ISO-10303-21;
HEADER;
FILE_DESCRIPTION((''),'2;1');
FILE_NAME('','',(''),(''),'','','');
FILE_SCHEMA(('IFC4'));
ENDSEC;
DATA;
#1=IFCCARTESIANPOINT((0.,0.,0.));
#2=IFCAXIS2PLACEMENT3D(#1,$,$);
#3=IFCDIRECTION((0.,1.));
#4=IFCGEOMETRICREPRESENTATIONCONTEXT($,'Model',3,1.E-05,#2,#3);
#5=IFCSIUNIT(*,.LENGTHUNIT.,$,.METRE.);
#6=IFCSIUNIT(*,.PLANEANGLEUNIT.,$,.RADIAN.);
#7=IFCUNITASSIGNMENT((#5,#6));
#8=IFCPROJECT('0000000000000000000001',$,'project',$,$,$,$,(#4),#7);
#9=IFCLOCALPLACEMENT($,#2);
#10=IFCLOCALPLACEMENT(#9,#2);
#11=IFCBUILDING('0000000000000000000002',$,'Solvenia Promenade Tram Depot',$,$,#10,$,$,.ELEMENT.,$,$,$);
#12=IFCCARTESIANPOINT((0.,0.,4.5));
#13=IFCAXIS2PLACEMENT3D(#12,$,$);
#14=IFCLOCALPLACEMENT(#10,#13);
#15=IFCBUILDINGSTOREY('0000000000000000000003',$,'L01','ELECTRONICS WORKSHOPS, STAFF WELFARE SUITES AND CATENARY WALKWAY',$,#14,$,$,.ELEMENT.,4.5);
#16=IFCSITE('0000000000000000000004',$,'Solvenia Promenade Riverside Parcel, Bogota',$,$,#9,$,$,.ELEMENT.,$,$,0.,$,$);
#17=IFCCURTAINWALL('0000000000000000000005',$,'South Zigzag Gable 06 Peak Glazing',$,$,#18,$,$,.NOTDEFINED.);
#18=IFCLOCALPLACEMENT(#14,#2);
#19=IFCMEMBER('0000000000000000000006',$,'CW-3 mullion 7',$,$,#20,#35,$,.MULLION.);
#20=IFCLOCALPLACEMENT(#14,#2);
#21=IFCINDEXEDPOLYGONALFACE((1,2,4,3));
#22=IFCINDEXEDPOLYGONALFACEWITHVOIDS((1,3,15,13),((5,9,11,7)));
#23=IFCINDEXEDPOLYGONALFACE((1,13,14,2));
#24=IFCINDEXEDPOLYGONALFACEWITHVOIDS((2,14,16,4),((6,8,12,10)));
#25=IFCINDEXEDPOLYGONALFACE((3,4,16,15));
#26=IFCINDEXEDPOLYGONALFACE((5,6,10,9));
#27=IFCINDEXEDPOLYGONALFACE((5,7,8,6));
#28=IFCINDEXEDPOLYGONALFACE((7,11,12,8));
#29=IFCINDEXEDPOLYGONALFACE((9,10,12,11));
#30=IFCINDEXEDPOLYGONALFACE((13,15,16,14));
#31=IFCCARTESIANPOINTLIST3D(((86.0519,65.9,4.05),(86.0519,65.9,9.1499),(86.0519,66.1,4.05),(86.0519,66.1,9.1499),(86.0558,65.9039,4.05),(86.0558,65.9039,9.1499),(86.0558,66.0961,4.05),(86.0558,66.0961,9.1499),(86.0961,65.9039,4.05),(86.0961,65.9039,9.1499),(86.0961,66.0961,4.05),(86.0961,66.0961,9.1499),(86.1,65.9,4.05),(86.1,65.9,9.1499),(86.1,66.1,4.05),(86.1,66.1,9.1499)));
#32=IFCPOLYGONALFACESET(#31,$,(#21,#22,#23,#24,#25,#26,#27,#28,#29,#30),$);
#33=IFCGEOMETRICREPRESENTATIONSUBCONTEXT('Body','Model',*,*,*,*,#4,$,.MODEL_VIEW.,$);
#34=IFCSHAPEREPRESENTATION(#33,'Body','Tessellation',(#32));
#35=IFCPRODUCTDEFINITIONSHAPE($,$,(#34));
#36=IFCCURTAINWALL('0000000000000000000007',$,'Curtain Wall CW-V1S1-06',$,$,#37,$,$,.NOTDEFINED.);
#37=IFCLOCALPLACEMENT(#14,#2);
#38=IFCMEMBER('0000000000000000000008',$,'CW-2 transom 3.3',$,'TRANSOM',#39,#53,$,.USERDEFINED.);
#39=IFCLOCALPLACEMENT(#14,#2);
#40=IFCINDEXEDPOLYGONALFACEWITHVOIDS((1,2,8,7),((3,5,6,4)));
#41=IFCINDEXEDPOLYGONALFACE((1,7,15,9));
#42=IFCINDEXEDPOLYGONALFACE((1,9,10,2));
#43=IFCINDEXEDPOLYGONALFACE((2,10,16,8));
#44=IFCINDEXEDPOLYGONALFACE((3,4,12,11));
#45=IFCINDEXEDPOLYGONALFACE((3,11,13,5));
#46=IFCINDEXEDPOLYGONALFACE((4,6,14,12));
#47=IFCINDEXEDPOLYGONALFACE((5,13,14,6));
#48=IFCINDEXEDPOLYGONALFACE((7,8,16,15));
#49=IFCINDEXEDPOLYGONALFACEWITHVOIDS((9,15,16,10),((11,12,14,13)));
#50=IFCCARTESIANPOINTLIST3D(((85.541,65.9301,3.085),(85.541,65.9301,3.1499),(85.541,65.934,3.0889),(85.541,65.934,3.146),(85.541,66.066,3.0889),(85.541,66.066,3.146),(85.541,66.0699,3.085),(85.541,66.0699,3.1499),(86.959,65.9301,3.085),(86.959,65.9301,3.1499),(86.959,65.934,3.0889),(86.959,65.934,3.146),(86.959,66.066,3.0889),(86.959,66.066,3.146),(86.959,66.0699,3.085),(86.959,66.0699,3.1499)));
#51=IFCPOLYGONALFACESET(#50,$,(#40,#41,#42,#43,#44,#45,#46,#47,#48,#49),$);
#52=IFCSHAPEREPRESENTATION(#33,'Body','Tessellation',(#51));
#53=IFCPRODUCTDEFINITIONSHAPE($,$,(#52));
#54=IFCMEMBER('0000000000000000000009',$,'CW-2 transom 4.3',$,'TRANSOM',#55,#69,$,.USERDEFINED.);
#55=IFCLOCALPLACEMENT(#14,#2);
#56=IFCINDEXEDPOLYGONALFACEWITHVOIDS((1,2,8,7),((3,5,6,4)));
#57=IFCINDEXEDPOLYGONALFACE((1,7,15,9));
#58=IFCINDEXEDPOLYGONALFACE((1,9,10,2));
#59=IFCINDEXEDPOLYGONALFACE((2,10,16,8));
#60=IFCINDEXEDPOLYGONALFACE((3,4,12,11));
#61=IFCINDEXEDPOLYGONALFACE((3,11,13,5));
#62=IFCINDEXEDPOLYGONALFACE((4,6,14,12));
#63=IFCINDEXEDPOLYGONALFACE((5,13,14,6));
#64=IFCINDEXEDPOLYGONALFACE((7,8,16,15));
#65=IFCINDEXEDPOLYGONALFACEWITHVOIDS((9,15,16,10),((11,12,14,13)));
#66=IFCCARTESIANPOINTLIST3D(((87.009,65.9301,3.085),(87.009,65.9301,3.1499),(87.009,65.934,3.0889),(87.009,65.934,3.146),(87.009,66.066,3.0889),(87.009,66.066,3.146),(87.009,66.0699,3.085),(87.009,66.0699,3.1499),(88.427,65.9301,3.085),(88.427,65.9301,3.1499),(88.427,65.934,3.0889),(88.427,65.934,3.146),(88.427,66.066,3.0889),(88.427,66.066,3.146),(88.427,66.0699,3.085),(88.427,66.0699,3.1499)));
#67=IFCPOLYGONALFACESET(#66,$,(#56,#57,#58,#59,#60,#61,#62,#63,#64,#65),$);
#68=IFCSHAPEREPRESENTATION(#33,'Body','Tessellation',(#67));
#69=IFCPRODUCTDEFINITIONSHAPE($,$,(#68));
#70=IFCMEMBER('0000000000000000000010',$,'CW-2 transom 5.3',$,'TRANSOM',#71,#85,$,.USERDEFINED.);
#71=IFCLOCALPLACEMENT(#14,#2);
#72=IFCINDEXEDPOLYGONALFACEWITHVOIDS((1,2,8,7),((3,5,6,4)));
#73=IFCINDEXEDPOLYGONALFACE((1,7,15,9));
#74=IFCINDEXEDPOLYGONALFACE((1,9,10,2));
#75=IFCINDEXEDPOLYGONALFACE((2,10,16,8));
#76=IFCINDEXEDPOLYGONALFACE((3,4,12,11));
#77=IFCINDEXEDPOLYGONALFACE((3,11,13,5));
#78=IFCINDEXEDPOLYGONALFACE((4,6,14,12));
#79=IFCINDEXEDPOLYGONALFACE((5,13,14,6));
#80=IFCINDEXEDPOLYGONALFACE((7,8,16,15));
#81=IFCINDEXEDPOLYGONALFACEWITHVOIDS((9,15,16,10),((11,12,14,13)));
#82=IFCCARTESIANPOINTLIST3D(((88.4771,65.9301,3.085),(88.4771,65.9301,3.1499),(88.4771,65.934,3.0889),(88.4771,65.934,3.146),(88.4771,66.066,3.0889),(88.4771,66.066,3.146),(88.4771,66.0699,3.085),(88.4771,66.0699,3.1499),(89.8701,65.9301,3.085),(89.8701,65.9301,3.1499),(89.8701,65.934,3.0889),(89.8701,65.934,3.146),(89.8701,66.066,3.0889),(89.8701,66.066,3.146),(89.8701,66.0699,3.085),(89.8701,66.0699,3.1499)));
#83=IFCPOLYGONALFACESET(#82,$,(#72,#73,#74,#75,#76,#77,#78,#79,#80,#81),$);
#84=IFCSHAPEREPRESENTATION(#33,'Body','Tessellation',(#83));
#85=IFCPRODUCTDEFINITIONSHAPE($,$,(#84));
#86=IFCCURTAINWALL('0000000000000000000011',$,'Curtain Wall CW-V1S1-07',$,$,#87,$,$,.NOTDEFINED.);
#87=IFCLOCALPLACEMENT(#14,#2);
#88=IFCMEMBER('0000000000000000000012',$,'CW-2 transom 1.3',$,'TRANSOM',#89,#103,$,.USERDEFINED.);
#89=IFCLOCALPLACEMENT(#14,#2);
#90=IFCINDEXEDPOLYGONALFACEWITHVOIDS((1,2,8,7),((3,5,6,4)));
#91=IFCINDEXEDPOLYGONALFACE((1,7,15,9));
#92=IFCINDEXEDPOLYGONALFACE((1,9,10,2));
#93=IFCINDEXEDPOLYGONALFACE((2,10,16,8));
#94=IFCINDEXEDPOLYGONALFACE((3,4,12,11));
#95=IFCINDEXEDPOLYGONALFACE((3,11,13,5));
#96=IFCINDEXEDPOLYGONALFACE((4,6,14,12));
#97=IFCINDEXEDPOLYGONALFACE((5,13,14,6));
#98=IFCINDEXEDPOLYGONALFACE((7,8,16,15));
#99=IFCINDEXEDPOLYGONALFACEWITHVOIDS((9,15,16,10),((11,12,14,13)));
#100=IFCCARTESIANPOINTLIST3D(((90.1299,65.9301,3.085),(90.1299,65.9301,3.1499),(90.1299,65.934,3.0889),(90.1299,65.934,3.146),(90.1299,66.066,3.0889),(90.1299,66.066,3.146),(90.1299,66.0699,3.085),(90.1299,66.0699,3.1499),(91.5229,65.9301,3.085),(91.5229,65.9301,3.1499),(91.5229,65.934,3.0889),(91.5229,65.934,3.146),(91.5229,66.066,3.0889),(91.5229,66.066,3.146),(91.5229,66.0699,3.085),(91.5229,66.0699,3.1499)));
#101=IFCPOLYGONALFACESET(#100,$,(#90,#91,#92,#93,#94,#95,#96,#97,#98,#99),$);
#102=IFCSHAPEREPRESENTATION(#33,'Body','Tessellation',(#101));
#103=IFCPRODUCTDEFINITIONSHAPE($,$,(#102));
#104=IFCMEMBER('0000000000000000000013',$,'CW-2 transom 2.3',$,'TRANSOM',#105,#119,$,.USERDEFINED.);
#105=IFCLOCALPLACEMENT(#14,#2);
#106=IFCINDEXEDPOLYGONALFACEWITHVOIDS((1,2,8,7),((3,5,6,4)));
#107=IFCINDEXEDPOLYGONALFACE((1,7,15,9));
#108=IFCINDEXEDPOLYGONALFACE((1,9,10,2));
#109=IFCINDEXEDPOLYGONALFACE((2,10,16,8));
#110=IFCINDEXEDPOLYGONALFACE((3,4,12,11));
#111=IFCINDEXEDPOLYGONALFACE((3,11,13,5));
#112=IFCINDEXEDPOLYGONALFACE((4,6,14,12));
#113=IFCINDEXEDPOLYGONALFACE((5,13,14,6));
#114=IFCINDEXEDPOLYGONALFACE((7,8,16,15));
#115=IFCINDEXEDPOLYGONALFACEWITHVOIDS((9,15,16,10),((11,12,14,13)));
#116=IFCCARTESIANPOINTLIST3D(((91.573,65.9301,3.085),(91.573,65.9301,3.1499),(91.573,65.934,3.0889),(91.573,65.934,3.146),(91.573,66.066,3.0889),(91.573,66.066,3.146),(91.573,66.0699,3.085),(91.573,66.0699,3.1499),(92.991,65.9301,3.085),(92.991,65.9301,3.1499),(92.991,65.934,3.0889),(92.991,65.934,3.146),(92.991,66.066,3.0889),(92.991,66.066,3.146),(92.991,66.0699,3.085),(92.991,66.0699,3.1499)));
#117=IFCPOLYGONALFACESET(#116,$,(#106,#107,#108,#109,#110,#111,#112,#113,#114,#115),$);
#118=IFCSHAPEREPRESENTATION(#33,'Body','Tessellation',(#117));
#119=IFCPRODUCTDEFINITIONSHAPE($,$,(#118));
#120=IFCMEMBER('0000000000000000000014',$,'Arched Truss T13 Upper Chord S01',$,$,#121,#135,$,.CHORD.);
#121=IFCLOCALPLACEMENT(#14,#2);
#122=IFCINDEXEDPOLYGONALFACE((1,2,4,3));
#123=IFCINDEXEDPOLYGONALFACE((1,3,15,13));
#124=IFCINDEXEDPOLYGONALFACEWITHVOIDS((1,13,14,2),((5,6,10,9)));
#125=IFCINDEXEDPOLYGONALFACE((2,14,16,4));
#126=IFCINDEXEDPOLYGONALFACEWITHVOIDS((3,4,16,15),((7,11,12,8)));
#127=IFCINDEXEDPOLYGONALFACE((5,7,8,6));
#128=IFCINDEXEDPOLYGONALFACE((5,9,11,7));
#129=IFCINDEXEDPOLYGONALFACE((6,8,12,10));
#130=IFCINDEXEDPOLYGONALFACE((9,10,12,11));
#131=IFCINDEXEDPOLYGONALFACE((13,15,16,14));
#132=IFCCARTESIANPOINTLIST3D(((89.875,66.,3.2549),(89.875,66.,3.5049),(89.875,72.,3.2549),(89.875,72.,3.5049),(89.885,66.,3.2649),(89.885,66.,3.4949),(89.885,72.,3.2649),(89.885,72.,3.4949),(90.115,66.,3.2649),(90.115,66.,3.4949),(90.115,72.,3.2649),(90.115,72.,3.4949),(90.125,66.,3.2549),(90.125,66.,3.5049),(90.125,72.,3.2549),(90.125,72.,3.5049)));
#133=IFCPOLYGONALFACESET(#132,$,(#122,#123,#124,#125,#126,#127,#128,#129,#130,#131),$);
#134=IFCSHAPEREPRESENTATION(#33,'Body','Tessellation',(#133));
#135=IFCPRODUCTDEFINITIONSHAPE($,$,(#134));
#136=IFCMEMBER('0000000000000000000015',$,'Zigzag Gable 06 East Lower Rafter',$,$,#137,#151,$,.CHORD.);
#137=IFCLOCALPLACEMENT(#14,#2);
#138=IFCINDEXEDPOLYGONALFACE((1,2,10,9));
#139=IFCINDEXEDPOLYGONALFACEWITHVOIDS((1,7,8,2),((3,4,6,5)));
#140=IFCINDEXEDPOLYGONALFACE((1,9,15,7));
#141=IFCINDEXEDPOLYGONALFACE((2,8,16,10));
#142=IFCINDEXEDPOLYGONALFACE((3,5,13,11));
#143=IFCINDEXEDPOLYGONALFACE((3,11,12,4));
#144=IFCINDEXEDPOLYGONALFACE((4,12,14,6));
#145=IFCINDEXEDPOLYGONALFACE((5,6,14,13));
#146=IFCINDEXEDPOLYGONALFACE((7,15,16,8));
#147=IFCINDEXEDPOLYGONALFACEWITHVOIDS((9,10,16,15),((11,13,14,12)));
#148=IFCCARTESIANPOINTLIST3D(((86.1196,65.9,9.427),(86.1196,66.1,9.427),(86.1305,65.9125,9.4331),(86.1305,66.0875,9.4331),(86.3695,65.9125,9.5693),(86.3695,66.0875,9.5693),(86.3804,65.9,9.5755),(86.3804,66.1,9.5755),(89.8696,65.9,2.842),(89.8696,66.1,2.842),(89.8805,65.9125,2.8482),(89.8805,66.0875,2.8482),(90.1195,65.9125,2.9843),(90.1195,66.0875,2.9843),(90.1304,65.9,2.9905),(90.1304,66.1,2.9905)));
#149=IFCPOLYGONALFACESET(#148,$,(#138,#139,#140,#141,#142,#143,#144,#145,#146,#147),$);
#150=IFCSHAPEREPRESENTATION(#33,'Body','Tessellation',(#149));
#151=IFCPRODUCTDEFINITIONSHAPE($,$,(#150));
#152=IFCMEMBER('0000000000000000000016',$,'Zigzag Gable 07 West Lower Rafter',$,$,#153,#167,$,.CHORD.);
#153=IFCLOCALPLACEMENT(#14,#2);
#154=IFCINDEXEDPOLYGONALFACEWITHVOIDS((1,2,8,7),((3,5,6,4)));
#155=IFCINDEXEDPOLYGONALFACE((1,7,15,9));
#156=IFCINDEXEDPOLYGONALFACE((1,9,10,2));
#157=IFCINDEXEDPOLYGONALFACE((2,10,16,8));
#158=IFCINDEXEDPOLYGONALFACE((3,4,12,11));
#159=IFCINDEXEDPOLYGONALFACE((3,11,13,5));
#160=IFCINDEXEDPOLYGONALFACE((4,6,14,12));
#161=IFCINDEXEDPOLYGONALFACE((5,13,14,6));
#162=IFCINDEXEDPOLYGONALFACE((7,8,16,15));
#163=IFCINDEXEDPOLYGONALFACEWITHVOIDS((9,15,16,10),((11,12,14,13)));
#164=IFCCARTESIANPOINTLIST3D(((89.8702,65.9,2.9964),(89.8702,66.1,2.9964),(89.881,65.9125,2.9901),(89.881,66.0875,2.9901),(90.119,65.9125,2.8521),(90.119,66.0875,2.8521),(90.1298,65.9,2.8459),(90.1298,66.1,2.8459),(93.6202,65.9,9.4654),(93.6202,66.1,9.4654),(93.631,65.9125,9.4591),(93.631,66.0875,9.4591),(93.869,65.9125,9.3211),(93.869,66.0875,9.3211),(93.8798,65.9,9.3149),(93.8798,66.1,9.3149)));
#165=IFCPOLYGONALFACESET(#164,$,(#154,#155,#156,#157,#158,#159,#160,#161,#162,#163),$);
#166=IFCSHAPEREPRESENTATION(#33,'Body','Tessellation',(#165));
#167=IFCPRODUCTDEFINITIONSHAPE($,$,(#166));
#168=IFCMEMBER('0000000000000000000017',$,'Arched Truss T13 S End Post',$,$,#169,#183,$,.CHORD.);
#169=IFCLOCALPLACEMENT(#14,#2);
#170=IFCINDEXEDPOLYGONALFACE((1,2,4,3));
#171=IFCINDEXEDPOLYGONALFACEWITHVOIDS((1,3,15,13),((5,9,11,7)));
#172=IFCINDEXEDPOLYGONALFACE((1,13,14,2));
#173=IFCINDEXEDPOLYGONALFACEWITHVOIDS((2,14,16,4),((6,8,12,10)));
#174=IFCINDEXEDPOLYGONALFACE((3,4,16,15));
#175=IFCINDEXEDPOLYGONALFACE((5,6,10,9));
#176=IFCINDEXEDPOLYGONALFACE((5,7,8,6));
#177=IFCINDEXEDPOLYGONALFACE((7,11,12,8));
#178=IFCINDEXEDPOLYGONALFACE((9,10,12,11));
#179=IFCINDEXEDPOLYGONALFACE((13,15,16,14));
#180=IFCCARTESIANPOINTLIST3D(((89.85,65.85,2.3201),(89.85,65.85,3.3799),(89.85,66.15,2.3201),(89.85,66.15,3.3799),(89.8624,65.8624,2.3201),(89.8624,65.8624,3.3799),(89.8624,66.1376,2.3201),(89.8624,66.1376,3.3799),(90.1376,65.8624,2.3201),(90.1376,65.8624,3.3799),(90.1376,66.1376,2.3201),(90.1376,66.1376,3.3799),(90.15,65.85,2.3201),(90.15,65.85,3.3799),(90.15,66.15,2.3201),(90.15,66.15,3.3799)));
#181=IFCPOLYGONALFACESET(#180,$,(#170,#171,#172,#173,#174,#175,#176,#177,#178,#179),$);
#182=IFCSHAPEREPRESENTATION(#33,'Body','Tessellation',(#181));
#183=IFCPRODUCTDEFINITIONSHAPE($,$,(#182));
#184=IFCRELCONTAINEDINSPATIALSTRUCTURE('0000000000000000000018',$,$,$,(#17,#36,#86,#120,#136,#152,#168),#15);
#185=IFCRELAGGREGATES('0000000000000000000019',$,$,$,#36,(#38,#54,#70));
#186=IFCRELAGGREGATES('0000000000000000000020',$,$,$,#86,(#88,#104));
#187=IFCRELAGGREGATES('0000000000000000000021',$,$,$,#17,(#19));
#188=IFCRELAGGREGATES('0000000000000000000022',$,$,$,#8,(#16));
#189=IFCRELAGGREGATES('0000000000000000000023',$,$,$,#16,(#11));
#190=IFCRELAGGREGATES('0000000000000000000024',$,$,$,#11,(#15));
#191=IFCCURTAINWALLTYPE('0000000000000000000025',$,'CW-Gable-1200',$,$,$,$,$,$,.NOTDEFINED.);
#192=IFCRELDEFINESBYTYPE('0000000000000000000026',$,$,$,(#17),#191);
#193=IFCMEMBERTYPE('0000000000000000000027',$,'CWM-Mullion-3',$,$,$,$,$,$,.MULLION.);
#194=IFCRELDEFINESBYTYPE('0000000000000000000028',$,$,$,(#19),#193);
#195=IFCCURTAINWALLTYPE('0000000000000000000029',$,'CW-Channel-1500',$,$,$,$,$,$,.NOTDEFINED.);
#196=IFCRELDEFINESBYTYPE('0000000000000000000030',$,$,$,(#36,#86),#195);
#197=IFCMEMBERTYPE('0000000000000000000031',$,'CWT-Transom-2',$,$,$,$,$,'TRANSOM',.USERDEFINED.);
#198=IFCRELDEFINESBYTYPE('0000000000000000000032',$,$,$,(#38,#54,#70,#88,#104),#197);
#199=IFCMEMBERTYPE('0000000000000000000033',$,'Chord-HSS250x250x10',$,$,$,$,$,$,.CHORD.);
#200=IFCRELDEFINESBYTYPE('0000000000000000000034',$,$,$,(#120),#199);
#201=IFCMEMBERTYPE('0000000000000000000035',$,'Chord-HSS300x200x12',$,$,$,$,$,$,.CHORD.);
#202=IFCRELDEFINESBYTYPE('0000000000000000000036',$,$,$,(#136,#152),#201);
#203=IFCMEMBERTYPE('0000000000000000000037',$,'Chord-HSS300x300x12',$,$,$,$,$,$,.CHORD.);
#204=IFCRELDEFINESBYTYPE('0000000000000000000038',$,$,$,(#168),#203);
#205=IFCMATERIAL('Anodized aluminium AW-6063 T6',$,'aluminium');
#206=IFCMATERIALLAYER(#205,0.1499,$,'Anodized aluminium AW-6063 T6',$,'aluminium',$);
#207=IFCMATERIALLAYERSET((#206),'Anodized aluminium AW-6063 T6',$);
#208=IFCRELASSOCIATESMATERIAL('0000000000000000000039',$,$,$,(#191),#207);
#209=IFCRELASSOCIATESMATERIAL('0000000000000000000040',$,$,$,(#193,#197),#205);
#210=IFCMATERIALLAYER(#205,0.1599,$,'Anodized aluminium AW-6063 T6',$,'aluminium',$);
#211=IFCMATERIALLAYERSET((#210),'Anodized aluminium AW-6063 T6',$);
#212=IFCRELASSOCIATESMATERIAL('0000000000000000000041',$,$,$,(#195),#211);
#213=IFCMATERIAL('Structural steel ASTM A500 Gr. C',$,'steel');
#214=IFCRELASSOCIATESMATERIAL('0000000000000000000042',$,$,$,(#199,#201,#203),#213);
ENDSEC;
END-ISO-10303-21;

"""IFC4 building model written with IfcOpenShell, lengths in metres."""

from ifc_helpers import new_model, si_unit, direction, frame, origin, origin_2d, place, context, subcontext, project, spatial, hollow_rectangle, extrude, material, layer, layer_set, material_profile, profile_set, type_object, element, aggregate, save


model = new_model("IFC4")

# Units and contexts
model_context = context("Model", 3, precision=1e-05, world=origin(), true_north=direction((0.0, 1.0)))
body_context = subcontext(model_context, "Body", "Model", "MODEL_VIEW")
ifc_project = project(units=[si_unit("LENGTHUNIT", "METRE"), si_unit("PLANEANGLEUNIT", "RADIAN")], contexts=[model_context])

# Site, building, storey
site_placement = place(None, origin())
site = spatial("IfcSite", under=ifc_project, at=site_placement, Name="Solvenia Promenade Riverside Parcel, Bogota", CompositionType="ELEMENT", RefElevation=0.0)
building_placement = place(site_placement, origin())
building = spatial("IfcBuilding", under=site, at=building_placement, Name="Solvenia Promenade Tram Depot", CompositionType="ELEMENT")
storey_placement = place(building_placement, frame((0.0, 0.0, 4.5)))
storey = spatial("IfcBuildingStorey", under=building, at=storey_placement, Name="L01", Description="ELECTRONICS WORKSHOPS, STAFF WELFARE SUITES AND CATENARY WALKWAY", CompositionType="ELEMENT", Elevation=4.5)

# Curtain wall, member
ifc_material_1 = material(Name="Anodized aluminium AW-6063 T6", Category="aluminium")
ifc_layer_1 = layer(ifc_material_1, 0.1499, Name="Anodized aluminium AW-6063 T6", Category="aluminium")
ifc_layer_set_1 = layer_set([ifc_layer_1], Name="Anodized aluminium AW-6063 T6")
curtain_wall_type_1 = type_object("IfcCurtainWallType", Name="CW-Gable-1200", PredefinedType="NOTDEFINED", material=ifc_layer_set_1)
curtain_wall_1_placement = place(storey_placement, origin())
curtain_wall_1 = element("IfcCurtainWall", 1, at=curtain_wall_1_placement, inside=storey, type_object=curtain_wall_type_1, Name="South Zigzag Gable 06 Peak Glazing", PredefinedType="NOTDEFINED")
ifc_material_profile_1 = material_profile(ifc_material_1, hollow_rectangle(XDim=0.2, YDim=0.0481, WallThickness=0.0039, at=origin_2d()), Name="ALU-M3", Category="aluminium")
ifc_profile_set_1 = profile_set([ifc_material_profile_1], Name="Anodized aluminium AW-6063 T6")
member_type_1 = type_object("IfcMemberType", Name="CWM-Mullion-3", PredefinedType="MULLION", material=ifc_profile_set_1)
member_1_placement = place(storey_placement, frame((86.0759, 66.0, 4.05), z_axis=(0.0, 0.0, 1.0), x_axis=(0.0, 1.0, 0.0)))
member_1 = element("IfcMember", 2, at=member_1_placement, type_object=member_type_1, Name="CW-3 mullion 7", PredefinedType="MULLION", context=body_context, shape_type="SweptSolid", body=[
    extrude(hollow_rectangle(XDim=0.2, YDim=0.0481, WallThickness=0.0039, at=origin_2d()), origin(), (0.0, 0.0, 1.0), 5.0999),
])

# Curtain walls, members
ifc_layer_2 = layer(ifc_material_1, 0.1599, Name="Anodized aluminium AW-6063 T6", Category="aluminium")
ifc_layer_set_2 = layer_set([ifc_layer_2], Name="Anodized aluminium AW-6063 T6")
curtain_wall_type_2 = type_object("IfcCurtainWallType", Name="CW-Channel-1500", PredefinedType="NOTDEFINED", material=ifc_layer_set_2)
curtain_wall_2_placement = place(storey_placement, origin())
curtain_wall_2 = element("IfcCurtainWall", 3, at=curtain_wall_2_placement, inside=storey, type_object=curtain_wall_type_2, Name="Curtain Wall CW-V1S1-06", PredefinedType="NOTDEFINED")
ifc_material_profile_2 = material_profile(ifc_material_1, hollow_rectangle(XDim=0.1399, YDim=0.0649, WallThickness=0.0039, at=origin_2d()), Name="ALU-T2", Category="aluminium")
ifc_profile_set_2 = profile_set([ifc_material_profile_2], Name="Anodized aluminium AW-6063 T6")
member_type_2 = type_object("IfcMemberType", Name="CWT-Transom-2", ElementType="TRANSOM", PredefinedType="USERDEFINED", material=ifc_profile_set_2)
member_2_placement = place(storey_placement, frame((85.541, 66.0, 3.1174), z_axis=(1.0, 0.0, 0.0), x_axis=(0.0, 1.0, 0.0)))
member_2 = element("IfcMember", 4, at=member_2_placement, type_object=member_type_2, Name="CW-2 transom 3.3", ObjectType="TRANSOM", PredefinedType="USERDEFINED", context=body_context, shape_type="SweptSolid", body=[
    extrude(hollow_rectangle(XDim=0.1399, YDim=0.0649, WallThickness=0.0039, at=origin_2d()), origin(), (0.0, 0.0, 1.0), 1.418),
])
member_3_placement = place(storey_placement, frame((87.009, 66.0, 3.1174), z_axis=(1.0, 0.0, 0.0), x_axis=(0.0, 1.0, 0.0)))
member_3 = element("IfcMember", 5, at=member_3_placement, type_object=member_type_2, Name="CW-2 transom 4.3", ObjectType="TRANSOM", PredefinedType="USERDEFINED", context=body_context, shape_type="SweptSolid", body=[
    extrude(hollow_rectangle(XDim=0.1399, YDim=0.0649, WallThickness=0.0039, at=origin_2d()), origin(), (0.0, 0.0, 1.0), 1.418),
])
member_4_placement = place(storey_placement, frame((88.4771, 66.0, 3.1174), z_axis=(1.0, 0.0, 0.0), x_axis=(0.0, 1.0, 0.0)))
member_4 = element("IfcMember", 6, at=member_4_placement, type_object=member_type_2, Name="CW-2 transom 5.3", ObjectType="TRANSOM", PredefinedType="USERDEFINED", context=body_context, shape_type="SweptSolid", body=[
    extrude(hollow_rectangle(XDim=0.1399, YDim=0.0649, WallThickness=0.0039, at=origin_2d()), origin(), (0.0, 0.0, 1.0), 1.3931),
])
curtain_wall_3_placement = place(storey_placement, origin())
curtain_wall_3 = element("IfcCurtainWall", 7, at=curtain_wall_3_placement, inside=storey, type_object=curtain_wall_type_2, Name="Curtain Wall CW-V1S1-07", PredefinedType="NOTDEFINED")
member_5_placement = place(storey_placement, frame((90.1299, 66.0, 3.1174), z_axis=(1.0, 0.0, 0.0), x_axis=(0.0, 1.0, 0.0)))
member_5 = element("IfcMember", 8, at=member_5_placement, type_object=member_type_2, Name="CW-2 transom 1.3", ObjectType="TRANSOM", PredefinedType="USERDEFINED", context=body_context, shape_type="SweptSolid", body=[
    extrude(hollow_rectangle(XDim=0.1399, YDim=0.0649, WallThickness=0.0039, at=origin_2d()), origin(), (0.0, 0.0, 1.0), 1.3931),
])
member_6_placement = place(storey_placement, frame((91.573, 66.0, 3.1174), z_axis=(1.0, 0.0, 0.0), x_axis=(0.0, 1.0, 0.0)))
member_6 = element("IfcMember", 9, at=member_6_placement, type_object=member_type_2, Name="CW-2 transom 2.3", ObjectType="TRANSOM", PredefinedType="USERDEFINED", context=body_context, shape_type="SweptSolid", body=[
    extrude(hollow_rectangle(XDim=0.1399, YDim=0.0649, WallThickness=0.0039, at=origin_2d()), origin(), (0.0, 0.0, 1.0), 1.418),
])

# Members
ifc_material_2 = material(Name="Structural steel ASTM A500 Gr. C", Category="steel")
ifc_material_profile_3 = material_profile(ifc_material_2, hollow_rectangle(XDim=0.25, YDim=0.25, WallThickness=0.01, at=origin_2d()), Name="HSS250x250x10", Category="steel")
ifc_profile_set_3 = profile_set([ifc_material_profile_3], Name="Structural steel ASTM A500 Gr. C")
member_type_3 = type_object("IfcMemberType", Name="Chord-HSS250x250x10", PredefinedType="CHORD", material=ifc_profile_set_3)
member_7_placement = place(storey_placement, frame((90.0, 66.0, 3.3799), z_axis=(0.0, 1.0, 0.0), x_axis=(-1.0, 0.0, 0.0)))
element("IfcMember", 10, at=member_7_placement, inside=storey, type_object=member_type_3, Name="Arched Truss T13 Upper Chord S01", PredefinedType="CHORD", context=body_context, shape_type="SweptSolid", body=[
    extrude(hollow_rectangle(XDim=0.25, YDim=0.25, WallThickness=0.01, at=origin_2d()), origin(), (0.0, 0.0, 1.0), 6.0),
])
ifc_material_profile_4 = material_profile(ifc_material_2, hollow_rectangle(XDim=0.2, YDim=0.3, WallThickness=0.0125, at=origin_2d()), Name="HSS300x200x12.5", Category="steel")
ifc_profile_set_4 = profile_set([ifc_material_profile_4], Name="Structural steel ASTM A500 Gr. C")
member_type_4 = type_object("IfcMemberType", Name="Chord-HSS300x200x12", PredefinedType="CHORD", material=ifc_profile_set_4)
member_8_placement = place(storey_placement, frame((86.25, 66.0, 9.5012), z_axis=(0.494862, 0.0, -0.868972), x_axis=(0.0, 1.0, 0.0)))
element("IfcMember", 11, at=member_8_placement, inside=storey, type_object=member_type_4, Name="Zigzag Gable 06 East Lower Rafter", PredefinedType="CHORD", context=body_context, shape_type="SweptSolid", body=[
    extrude(hollow_rectangle(XDim=0.2, YDim=0.3, WallThickness=0.0125, at=origin_2d()), origin(), (0.0, 0.0, 1.0), 7.5779),
])
member_9_placement = place(storey_placement, frame((90.0, 66.0, 2.9211), z_axis=(0.501516, 0.0, 0.865148), x_axis=(0.0, 1.0, 0.0)))
element("IfcMember", 12, at=member_9_placement, inside=storey, type_object=member_type_4, Name="Zigzag Gable 07 West Lower Rafter", PredefinedType="CHORD", context=body_context, shape_type="SweptSolid", body=[
    extrude(hollow_rectangle(XDim=0.2, YDim=0.3, WallThickness=0.0125, at=origin_2d()), origin(), (0.0, 0.0, 1.0), 7.4773),
])
ifc_material_profile_5 = material_profile(ifc_material_2, hollow_rectangle(XDim=0.3, YDim=0.3, WallThickness=0.0125, at=origin_2d()), Name="HSS300x300x12.5", Category="steel")
ifc_profile_set_5 = profile_set([ifc_material_profile_5], Name="Structural steel ASTM A500 Gr. C")
member_type_5 = type_object("IfcMemberType", Name="Chord-HSS300x300x12", PredefinedType="CHORD", material=ifc_profile_set_5)
member_10_placement = place(storey_placement, frame((90.0, 66.0, 2.3201), z_axis=(0.0, 0.0, 1.0), x_axis=(1.0, 0.0, 0.0)))
element("IfcMember", 13, at=member_10_placement, inside=storey, type_object=member_type_5, Name="Arched Truss T13 S End Post", PredefinedType="CHORD", context=body_context, shape_type="SweptSolid", body=[
    extrude(hollow_rectangle(XDim=0.3, YDim=0.3, WallThickness=0.0125, at=origin_2d()), origin(), (0.0, 0.0, 1.0), 1.0598),
])

aggregate(curtain_wall_2, [member_2, member_3, member_4])
aggregate(curtain_wall_3, [member_5, member_6])
aggregate(curtain_wall_1, [member_1])

save(model, "model.ifc")
